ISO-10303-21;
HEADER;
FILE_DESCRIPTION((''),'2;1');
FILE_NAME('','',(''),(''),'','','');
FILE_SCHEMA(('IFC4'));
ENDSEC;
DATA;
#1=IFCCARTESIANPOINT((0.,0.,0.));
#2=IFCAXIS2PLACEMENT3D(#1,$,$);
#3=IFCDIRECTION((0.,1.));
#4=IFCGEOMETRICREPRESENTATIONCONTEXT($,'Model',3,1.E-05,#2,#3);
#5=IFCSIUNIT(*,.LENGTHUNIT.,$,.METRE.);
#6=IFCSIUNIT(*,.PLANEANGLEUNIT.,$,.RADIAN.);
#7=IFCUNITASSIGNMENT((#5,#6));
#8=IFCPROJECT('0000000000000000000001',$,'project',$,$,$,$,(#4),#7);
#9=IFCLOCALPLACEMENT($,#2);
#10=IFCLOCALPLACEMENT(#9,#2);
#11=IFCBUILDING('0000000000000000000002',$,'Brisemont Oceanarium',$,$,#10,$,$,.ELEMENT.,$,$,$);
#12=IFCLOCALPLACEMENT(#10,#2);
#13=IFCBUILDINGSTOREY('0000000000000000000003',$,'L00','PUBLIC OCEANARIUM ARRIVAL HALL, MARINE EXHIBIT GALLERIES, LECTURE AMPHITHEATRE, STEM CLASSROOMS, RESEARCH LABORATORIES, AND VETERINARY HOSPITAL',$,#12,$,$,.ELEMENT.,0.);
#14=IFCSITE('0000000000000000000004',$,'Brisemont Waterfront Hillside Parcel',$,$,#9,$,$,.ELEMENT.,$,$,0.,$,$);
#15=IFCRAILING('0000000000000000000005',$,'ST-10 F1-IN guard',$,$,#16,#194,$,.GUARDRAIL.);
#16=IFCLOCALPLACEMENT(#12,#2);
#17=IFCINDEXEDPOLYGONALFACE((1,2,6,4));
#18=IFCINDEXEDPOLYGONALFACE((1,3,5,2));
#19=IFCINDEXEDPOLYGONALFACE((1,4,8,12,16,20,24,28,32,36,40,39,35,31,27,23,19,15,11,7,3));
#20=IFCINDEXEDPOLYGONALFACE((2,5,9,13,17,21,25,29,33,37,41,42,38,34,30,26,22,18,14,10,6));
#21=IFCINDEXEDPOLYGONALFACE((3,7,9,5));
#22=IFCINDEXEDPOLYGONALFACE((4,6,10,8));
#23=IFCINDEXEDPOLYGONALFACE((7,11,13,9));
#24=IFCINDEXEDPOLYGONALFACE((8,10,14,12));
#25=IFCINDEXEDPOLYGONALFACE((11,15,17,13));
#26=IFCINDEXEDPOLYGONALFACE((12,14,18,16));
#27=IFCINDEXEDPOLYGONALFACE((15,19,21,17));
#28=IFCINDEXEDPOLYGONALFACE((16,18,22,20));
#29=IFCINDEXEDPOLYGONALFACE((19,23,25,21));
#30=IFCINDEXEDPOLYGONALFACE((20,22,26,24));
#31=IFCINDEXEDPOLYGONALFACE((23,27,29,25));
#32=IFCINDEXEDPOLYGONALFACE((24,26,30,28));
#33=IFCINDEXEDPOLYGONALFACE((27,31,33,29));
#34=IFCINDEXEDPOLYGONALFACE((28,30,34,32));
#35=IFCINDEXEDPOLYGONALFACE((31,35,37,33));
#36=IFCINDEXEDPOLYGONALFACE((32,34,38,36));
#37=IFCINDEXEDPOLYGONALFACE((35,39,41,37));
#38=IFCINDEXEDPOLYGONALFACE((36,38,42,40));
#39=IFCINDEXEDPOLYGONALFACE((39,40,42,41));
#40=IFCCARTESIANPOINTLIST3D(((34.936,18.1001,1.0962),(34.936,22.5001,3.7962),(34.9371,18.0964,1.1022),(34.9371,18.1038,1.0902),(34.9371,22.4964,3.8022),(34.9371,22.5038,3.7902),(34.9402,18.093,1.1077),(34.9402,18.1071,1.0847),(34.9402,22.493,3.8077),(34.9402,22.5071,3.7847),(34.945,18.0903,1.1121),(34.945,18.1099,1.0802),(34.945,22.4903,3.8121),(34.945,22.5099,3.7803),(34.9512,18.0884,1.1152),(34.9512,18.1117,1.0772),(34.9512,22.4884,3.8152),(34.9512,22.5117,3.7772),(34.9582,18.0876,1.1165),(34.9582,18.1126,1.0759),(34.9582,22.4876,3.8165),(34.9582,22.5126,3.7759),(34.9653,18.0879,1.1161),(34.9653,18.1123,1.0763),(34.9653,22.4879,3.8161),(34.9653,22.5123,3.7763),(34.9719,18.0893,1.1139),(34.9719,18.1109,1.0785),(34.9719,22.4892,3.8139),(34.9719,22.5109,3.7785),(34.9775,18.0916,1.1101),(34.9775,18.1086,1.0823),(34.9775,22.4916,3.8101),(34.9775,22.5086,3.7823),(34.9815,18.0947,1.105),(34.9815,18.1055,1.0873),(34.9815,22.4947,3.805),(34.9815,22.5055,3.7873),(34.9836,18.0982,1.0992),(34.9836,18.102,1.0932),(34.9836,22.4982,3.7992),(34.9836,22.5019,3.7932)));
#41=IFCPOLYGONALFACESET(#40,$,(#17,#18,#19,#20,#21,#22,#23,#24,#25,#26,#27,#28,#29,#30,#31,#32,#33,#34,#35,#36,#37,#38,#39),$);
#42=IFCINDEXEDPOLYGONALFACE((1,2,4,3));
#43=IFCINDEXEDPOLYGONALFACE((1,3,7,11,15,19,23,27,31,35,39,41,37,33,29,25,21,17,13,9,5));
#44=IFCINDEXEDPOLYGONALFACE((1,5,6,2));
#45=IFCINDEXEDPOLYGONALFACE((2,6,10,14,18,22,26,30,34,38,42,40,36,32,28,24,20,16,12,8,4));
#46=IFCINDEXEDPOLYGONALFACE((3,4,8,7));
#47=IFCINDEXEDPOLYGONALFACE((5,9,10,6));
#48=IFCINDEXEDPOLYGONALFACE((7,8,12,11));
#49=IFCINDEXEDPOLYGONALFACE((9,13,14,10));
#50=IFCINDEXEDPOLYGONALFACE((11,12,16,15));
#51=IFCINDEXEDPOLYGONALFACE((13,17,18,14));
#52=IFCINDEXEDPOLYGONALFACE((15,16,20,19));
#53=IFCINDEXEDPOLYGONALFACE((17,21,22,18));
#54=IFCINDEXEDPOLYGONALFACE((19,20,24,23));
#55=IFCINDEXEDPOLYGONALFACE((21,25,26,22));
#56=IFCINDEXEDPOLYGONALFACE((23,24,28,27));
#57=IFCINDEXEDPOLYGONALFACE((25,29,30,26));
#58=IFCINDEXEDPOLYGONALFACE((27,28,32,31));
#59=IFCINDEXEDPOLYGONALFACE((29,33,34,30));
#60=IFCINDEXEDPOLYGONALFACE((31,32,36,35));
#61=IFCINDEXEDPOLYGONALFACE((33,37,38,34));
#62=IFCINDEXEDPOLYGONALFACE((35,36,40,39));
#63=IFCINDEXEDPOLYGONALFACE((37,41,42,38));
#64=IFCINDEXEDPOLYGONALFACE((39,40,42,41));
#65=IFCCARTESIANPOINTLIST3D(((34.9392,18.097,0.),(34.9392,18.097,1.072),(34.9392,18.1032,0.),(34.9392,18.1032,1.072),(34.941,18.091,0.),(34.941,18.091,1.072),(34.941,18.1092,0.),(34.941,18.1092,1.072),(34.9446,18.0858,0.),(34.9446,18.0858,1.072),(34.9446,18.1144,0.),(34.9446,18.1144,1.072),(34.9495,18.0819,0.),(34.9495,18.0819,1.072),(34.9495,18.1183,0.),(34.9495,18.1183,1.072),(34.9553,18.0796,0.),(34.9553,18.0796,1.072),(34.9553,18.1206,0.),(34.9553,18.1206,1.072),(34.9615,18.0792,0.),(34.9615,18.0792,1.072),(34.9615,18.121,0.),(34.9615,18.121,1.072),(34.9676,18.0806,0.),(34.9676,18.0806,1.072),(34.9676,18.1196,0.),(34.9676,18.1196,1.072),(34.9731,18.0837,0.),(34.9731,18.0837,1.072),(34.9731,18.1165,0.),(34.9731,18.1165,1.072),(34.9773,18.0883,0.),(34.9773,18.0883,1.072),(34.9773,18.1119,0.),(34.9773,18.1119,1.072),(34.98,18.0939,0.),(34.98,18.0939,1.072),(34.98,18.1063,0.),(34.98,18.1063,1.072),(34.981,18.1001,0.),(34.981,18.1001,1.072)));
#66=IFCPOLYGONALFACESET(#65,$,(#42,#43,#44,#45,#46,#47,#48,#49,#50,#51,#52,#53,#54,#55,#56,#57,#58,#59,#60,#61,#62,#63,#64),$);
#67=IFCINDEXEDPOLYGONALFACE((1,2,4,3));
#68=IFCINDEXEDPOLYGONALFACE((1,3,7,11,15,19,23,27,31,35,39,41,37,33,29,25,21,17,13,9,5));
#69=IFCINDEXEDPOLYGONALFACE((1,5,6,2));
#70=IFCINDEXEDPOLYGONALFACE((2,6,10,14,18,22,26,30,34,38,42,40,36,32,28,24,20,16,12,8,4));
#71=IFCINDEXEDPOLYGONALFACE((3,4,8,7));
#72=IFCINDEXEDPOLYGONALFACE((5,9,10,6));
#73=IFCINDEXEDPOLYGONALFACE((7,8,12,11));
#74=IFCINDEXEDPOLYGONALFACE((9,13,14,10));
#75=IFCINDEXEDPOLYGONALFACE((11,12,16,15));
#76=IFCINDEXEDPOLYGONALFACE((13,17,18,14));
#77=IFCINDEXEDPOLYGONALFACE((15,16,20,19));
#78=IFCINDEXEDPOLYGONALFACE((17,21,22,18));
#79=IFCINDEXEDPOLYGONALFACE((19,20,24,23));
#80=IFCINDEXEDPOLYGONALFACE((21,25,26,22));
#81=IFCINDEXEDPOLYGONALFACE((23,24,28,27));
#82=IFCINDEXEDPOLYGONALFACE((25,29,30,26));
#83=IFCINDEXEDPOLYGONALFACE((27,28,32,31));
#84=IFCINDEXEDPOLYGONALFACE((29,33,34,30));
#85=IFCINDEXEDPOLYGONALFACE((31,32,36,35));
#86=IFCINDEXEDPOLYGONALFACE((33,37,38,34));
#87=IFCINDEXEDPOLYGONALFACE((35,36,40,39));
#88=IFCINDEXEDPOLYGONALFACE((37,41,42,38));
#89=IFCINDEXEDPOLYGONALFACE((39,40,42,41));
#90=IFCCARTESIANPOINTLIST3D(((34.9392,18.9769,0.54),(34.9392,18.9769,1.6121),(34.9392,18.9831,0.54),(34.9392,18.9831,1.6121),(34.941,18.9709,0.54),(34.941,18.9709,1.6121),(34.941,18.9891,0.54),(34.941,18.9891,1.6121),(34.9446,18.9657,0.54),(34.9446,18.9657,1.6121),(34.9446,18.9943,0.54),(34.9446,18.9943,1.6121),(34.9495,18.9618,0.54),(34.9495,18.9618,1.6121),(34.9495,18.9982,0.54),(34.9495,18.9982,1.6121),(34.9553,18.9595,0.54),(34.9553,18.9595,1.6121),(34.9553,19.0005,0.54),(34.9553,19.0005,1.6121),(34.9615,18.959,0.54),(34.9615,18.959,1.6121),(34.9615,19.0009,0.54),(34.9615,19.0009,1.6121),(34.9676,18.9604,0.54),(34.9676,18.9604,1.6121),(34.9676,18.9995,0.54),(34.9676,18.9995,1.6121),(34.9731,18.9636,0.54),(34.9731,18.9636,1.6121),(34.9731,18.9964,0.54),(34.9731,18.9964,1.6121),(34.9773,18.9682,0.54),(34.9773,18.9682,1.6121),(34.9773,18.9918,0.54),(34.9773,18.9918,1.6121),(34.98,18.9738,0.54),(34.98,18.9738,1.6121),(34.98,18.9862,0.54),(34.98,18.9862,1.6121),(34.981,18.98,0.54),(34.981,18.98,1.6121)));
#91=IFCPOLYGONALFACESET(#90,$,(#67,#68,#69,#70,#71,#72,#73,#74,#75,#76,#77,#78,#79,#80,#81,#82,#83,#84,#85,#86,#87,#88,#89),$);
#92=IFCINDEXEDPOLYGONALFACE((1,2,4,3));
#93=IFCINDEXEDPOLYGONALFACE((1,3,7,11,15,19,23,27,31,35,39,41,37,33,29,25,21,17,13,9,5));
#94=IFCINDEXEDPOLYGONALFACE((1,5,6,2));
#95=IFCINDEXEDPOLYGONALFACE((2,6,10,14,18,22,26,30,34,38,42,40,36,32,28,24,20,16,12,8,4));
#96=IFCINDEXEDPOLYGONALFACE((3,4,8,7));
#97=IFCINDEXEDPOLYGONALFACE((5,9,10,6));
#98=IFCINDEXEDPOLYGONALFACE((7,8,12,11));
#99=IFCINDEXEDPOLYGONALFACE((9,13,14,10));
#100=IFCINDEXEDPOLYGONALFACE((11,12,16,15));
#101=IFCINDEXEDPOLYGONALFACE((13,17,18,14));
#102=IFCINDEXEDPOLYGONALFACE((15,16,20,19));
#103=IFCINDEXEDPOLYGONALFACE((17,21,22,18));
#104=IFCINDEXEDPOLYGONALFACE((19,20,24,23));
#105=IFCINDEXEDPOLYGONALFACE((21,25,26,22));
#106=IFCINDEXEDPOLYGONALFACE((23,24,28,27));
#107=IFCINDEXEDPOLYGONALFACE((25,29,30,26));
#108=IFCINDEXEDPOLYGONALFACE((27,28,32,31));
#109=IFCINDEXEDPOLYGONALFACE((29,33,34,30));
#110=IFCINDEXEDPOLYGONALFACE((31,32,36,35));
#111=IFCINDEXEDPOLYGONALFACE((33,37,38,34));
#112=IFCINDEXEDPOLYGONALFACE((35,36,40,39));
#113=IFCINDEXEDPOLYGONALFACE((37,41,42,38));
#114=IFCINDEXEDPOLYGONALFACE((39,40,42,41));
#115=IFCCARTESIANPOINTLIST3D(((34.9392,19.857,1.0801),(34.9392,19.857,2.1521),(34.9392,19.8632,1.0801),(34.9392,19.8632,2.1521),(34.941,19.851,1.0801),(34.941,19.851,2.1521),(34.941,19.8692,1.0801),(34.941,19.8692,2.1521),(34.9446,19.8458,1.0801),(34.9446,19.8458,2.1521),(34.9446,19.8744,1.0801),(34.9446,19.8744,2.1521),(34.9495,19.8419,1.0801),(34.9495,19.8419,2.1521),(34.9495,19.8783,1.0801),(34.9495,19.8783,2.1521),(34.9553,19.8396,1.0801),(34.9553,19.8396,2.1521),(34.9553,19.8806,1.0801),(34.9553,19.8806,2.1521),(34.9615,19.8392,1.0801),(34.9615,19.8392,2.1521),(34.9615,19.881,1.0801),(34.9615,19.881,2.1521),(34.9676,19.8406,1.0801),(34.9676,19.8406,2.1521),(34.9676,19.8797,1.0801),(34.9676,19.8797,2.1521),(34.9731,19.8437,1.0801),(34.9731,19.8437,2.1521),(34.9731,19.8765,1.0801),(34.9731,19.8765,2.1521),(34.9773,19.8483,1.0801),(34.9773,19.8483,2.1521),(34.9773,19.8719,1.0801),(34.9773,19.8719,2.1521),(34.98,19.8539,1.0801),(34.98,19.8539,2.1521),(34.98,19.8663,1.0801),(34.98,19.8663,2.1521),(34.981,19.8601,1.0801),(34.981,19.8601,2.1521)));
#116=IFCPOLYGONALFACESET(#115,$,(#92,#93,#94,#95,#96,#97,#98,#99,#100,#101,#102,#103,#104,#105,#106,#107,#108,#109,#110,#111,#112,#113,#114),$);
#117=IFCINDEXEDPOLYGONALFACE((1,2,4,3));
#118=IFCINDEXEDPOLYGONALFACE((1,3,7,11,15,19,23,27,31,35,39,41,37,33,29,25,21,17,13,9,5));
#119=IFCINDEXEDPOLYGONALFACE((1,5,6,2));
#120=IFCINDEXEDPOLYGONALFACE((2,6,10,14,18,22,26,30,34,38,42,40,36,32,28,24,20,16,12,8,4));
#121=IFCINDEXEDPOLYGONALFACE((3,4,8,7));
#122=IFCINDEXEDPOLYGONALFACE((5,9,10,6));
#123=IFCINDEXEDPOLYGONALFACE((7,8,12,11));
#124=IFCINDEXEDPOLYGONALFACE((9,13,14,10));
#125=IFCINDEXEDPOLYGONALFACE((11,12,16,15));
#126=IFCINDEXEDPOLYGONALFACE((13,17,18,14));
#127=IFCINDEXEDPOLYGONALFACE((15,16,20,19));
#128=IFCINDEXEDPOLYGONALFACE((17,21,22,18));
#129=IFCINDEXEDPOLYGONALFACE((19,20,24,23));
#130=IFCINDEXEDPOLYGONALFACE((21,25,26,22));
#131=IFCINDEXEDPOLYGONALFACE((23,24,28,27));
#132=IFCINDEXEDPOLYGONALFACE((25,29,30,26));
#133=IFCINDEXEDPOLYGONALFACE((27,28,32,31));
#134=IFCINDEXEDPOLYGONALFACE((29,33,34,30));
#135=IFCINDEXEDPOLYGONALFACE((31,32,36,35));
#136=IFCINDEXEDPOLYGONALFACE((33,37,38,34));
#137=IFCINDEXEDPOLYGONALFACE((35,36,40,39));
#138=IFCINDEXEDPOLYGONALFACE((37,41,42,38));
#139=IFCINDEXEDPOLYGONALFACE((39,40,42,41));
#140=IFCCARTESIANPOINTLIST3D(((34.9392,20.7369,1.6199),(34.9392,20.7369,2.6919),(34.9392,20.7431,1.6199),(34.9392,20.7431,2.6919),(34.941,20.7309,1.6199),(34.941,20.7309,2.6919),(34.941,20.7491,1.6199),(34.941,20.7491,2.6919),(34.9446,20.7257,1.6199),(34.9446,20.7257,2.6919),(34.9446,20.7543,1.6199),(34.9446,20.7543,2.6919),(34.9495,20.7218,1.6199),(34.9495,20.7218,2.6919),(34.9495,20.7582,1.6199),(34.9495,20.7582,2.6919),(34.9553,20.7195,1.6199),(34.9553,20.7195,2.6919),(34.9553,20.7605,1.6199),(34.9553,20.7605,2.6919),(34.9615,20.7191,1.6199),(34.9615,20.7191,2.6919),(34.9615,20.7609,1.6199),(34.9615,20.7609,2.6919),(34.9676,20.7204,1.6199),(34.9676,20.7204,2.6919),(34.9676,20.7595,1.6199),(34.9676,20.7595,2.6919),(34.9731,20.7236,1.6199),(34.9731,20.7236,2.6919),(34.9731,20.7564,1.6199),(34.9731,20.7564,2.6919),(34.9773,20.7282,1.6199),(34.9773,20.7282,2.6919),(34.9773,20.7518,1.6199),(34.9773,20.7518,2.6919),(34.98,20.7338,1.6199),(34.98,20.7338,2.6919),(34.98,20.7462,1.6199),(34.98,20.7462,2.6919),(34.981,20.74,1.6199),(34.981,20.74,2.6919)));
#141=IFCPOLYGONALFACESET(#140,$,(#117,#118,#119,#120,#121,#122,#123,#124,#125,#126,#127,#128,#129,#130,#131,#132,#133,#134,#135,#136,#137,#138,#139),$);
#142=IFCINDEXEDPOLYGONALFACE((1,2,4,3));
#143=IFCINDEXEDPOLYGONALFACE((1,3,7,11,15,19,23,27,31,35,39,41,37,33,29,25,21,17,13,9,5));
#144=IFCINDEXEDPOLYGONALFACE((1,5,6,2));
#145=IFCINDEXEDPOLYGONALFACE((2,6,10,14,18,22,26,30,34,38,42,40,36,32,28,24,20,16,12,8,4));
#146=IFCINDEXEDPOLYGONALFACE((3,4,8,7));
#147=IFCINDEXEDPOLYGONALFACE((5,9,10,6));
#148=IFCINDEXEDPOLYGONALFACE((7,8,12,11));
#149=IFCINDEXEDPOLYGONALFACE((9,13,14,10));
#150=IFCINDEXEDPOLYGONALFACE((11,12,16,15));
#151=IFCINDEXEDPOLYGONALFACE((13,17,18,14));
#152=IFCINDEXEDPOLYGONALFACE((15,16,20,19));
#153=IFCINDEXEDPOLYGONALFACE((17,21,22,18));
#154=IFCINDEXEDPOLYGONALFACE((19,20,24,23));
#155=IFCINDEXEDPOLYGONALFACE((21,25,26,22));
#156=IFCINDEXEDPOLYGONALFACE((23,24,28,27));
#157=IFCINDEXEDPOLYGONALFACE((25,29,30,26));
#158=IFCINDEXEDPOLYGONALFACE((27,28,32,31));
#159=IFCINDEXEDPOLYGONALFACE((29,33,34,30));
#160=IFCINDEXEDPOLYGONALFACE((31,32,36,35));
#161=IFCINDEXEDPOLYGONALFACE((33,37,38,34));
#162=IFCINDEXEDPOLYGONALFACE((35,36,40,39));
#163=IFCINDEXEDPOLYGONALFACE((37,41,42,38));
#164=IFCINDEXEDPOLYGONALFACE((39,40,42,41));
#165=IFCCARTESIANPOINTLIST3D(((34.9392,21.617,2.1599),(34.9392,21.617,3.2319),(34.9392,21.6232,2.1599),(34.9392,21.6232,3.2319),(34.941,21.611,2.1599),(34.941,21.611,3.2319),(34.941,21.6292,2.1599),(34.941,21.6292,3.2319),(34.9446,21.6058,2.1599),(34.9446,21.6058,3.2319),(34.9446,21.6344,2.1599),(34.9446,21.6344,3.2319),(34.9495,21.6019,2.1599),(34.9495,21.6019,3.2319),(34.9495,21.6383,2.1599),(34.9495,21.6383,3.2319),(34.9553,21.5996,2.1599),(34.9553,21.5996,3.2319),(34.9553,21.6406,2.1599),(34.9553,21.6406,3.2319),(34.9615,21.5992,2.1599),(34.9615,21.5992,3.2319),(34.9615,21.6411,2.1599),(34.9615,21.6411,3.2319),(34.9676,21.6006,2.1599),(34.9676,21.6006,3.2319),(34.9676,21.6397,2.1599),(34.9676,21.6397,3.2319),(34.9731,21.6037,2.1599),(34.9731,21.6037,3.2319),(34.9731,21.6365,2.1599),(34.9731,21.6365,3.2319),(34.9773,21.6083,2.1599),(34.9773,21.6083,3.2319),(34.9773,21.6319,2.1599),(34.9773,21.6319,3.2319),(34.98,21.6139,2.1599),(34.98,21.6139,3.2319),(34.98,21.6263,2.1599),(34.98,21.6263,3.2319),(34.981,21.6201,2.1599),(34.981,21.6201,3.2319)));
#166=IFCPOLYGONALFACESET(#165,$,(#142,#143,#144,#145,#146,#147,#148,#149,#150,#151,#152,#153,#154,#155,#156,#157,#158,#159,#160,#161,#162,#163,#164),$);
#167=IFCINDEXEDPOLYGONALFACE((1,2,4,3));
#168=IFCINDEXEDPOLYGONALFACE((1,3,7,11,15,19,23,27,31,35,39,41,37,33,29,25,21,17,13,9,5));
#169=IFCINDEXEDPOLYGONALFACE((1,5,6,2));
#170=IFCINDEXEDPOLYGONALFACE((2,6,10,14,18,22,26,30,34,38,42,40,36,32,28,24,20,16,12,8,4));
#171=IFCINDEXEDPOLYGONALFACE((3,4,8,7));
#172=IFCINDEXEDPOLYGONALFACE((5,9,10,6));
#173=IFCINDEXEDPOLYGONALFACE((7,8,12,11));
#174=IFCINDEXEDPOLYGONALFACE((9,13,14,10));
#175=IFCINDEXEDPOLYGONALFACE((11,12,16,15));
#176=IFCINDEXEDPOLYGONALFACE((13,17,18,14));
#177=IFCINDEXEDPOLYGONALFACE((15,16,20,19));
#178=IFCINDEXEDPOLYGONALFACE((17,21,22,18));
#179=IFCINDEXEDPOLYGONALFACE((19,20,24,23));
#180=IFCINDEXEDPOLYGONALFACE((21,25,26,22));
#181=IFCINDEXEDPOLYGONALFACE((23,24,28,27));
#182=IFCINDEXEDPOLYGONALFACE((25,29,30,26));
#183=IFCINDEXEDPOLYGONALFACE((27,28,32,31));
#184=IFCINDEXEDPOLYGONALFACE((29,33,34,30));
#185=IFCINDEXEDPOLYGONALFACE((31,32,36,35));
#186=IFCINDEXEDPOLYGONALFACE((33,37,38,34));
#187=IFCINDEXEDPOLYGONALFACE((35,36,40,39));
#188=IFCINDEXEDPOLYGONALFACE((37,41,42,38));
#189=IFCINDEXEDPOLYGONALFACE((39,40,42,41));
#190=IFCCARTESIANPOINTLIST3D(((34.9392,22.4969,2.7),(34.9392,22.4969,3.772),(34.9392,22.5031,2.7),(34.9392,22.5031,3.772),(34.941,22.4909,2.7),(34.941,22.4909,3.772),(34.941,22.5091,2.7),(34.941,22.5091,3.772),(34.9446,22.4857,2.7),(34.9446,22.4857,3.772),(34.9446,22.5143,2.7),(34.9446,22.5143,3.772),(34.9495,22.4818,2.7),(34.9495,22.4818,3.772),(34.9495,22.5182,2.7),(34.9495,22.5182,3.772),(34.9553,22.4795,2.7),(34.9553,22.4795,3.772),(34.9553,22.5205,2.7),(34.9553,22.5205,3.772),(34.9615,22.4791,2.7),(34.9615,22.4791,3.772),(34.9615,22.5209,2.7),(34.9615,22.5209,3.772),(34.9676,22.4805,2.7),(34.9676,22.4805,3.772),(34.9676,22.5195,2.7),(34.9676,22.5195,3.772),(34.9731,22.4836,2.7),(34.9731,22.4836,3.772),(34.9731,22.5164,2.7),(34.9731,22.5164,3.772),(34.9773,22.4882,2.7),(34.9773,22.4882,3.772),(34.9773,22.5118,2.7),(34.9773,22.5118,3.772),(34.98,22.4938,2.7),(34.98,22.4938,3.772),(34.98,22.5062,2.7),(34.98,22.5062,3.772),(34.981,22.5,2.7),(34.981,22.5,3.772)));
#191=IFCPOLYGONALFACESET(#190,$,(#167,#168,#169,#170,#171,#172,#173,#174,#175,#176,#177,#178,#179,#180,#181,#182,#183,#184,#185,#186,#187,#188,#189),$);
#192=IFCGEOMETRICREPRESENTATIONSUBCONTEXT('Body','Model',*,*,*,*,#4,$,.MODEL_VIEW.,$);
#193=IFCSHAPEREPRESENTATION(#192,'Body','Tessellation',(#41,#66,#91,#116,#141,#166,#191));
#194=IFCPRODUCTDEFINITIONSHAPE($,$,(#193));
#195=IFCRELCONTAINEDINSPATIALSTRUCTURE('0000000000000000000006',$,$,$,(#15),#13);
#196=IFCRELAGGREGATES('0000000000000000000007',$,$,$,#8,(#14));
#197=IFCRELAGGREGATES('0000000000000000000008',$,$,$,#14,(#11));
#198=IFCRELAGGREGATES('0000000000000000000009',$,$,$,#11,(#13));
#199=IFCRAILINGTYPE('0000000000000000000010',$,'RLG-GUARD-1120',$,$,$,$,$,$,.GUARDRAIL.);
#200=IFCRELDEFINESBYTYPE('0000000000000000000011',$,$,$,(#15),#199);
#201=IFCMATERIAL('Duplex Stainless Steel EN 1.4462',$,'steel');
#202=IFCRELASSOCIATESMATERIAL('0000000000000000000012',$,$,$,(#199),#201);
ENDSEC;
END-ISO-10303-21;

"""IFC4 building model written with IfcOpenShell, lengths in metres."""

from ifc_helpers import new_model, si_unit, direction, frame, origin, origin_2d, place, context, subcontext, project, spatial, circle, extrude, material, type_object, element, save


model = new_model("IFC4")

# Units and contexts
model_context = context("Model", 3, precision=1e-05, world=origin(), true_north=direction((0.0, 1.0)))
body_context = subcontext(model_context, "Body", "Model", "MODEL_VIEW")
ifc_project = project(units=[si_unit("LENGTHUNIT", "METRE"), si_unit("PLANEANGLEUNIT", "RADIAN")], contexts=[model_context])

# Site, building, storey
site_placement = place(None, origin())
site = spatial("IfcSite", under=ifc_project, at=site_placement, Name="Brisemont Waterfront Hillside Parcel", CompositionType="ELEMENT", RefElevation=0.0)
building_placement = place(site_placement, origin())
building = spatial("IfcBuilding", under=site, at=building_placement, Name="Brisemont Oceanarium", CompositionType="ELEMENT")
storey_placement = place(building_placement, origin())
storey = spatial("IfcBuildingStorey", under=building, at=storey_placement, Name="L00", Description="PUBLIC OCEANARIUM ARRIVAL HALL, MARINE EXHIBIT GALLERIES, LECTURE AMPHITHEATRE, STEM CLASSROOMS, RESEARCH LABORATORIES, AND VETERINARY HOSPITAL", CompositionType="ELEMENT", Elevation=0.0)

# Railing
ifc_material_1 = material(Name="Duplex Stainless Steel EN 1.4462", Category="steel")
railing_type_1 = type_object("IfcRailingType", Name="RLG-GUARD-1120", PredefinedType="GUARDRAIL", material=ifc_material_1)
for number, where, name in (
    (1, (34.96, 18.1001, 0.0), "ST-10 F1-IN guard"),
):
    element("IfcRailing", number, at=place(storey_placement, frame(where)), inside=storey, type_object=railing_type_1, Name=name, PredefinedType="GUARDRAIL", context=body_context, shape_type="SweptSolid", body=[
        extrude(circle(Radius=0.0239, at=origin_2d()), frame((0.0, 0.0, 1.0962), z_axis=(0.0, 0.852322, 0.523018), x_axis=(-1.0, 0.0, 0.0)), (0.0, 0.0, 1.0), 5.1624),
        extrude(circle(Radius=0.021, at=origin_2d()), origin(), (0.0, 0.0, 1.0), 1.072),
        extrude(circle(Radius=0.021, at=origin_2d()), frame((0.0, 0.8799, 0.54)), (0.0, 0.0, 1.0), 1.072),
        extrude(circle(Radius=0.021, at=origin_2d()), frame((0.0, 1.76, 1.0801)), (0.0, 0.0, 1.0), 1.072),
        extrude(circle(Radius=0.021, at=origin_2d()), frame((0.0, 2.6399, 1.6199)), (0.0, 0.0, 1.0), 1.072),
        extrude(circle(Radius=0.021, at=origin_2d()), frame((0.0, 3.52, 2.1599)), (0.0, 0.0, 1.0), 1.072),
        extrude(circle(Radius=0.021, at=origin_2d()), frame((0.0, 4.3999, 2.7)), (0.0, 0.0, 1.0), 1.072),
    ])

save(model, "model.ifc")
